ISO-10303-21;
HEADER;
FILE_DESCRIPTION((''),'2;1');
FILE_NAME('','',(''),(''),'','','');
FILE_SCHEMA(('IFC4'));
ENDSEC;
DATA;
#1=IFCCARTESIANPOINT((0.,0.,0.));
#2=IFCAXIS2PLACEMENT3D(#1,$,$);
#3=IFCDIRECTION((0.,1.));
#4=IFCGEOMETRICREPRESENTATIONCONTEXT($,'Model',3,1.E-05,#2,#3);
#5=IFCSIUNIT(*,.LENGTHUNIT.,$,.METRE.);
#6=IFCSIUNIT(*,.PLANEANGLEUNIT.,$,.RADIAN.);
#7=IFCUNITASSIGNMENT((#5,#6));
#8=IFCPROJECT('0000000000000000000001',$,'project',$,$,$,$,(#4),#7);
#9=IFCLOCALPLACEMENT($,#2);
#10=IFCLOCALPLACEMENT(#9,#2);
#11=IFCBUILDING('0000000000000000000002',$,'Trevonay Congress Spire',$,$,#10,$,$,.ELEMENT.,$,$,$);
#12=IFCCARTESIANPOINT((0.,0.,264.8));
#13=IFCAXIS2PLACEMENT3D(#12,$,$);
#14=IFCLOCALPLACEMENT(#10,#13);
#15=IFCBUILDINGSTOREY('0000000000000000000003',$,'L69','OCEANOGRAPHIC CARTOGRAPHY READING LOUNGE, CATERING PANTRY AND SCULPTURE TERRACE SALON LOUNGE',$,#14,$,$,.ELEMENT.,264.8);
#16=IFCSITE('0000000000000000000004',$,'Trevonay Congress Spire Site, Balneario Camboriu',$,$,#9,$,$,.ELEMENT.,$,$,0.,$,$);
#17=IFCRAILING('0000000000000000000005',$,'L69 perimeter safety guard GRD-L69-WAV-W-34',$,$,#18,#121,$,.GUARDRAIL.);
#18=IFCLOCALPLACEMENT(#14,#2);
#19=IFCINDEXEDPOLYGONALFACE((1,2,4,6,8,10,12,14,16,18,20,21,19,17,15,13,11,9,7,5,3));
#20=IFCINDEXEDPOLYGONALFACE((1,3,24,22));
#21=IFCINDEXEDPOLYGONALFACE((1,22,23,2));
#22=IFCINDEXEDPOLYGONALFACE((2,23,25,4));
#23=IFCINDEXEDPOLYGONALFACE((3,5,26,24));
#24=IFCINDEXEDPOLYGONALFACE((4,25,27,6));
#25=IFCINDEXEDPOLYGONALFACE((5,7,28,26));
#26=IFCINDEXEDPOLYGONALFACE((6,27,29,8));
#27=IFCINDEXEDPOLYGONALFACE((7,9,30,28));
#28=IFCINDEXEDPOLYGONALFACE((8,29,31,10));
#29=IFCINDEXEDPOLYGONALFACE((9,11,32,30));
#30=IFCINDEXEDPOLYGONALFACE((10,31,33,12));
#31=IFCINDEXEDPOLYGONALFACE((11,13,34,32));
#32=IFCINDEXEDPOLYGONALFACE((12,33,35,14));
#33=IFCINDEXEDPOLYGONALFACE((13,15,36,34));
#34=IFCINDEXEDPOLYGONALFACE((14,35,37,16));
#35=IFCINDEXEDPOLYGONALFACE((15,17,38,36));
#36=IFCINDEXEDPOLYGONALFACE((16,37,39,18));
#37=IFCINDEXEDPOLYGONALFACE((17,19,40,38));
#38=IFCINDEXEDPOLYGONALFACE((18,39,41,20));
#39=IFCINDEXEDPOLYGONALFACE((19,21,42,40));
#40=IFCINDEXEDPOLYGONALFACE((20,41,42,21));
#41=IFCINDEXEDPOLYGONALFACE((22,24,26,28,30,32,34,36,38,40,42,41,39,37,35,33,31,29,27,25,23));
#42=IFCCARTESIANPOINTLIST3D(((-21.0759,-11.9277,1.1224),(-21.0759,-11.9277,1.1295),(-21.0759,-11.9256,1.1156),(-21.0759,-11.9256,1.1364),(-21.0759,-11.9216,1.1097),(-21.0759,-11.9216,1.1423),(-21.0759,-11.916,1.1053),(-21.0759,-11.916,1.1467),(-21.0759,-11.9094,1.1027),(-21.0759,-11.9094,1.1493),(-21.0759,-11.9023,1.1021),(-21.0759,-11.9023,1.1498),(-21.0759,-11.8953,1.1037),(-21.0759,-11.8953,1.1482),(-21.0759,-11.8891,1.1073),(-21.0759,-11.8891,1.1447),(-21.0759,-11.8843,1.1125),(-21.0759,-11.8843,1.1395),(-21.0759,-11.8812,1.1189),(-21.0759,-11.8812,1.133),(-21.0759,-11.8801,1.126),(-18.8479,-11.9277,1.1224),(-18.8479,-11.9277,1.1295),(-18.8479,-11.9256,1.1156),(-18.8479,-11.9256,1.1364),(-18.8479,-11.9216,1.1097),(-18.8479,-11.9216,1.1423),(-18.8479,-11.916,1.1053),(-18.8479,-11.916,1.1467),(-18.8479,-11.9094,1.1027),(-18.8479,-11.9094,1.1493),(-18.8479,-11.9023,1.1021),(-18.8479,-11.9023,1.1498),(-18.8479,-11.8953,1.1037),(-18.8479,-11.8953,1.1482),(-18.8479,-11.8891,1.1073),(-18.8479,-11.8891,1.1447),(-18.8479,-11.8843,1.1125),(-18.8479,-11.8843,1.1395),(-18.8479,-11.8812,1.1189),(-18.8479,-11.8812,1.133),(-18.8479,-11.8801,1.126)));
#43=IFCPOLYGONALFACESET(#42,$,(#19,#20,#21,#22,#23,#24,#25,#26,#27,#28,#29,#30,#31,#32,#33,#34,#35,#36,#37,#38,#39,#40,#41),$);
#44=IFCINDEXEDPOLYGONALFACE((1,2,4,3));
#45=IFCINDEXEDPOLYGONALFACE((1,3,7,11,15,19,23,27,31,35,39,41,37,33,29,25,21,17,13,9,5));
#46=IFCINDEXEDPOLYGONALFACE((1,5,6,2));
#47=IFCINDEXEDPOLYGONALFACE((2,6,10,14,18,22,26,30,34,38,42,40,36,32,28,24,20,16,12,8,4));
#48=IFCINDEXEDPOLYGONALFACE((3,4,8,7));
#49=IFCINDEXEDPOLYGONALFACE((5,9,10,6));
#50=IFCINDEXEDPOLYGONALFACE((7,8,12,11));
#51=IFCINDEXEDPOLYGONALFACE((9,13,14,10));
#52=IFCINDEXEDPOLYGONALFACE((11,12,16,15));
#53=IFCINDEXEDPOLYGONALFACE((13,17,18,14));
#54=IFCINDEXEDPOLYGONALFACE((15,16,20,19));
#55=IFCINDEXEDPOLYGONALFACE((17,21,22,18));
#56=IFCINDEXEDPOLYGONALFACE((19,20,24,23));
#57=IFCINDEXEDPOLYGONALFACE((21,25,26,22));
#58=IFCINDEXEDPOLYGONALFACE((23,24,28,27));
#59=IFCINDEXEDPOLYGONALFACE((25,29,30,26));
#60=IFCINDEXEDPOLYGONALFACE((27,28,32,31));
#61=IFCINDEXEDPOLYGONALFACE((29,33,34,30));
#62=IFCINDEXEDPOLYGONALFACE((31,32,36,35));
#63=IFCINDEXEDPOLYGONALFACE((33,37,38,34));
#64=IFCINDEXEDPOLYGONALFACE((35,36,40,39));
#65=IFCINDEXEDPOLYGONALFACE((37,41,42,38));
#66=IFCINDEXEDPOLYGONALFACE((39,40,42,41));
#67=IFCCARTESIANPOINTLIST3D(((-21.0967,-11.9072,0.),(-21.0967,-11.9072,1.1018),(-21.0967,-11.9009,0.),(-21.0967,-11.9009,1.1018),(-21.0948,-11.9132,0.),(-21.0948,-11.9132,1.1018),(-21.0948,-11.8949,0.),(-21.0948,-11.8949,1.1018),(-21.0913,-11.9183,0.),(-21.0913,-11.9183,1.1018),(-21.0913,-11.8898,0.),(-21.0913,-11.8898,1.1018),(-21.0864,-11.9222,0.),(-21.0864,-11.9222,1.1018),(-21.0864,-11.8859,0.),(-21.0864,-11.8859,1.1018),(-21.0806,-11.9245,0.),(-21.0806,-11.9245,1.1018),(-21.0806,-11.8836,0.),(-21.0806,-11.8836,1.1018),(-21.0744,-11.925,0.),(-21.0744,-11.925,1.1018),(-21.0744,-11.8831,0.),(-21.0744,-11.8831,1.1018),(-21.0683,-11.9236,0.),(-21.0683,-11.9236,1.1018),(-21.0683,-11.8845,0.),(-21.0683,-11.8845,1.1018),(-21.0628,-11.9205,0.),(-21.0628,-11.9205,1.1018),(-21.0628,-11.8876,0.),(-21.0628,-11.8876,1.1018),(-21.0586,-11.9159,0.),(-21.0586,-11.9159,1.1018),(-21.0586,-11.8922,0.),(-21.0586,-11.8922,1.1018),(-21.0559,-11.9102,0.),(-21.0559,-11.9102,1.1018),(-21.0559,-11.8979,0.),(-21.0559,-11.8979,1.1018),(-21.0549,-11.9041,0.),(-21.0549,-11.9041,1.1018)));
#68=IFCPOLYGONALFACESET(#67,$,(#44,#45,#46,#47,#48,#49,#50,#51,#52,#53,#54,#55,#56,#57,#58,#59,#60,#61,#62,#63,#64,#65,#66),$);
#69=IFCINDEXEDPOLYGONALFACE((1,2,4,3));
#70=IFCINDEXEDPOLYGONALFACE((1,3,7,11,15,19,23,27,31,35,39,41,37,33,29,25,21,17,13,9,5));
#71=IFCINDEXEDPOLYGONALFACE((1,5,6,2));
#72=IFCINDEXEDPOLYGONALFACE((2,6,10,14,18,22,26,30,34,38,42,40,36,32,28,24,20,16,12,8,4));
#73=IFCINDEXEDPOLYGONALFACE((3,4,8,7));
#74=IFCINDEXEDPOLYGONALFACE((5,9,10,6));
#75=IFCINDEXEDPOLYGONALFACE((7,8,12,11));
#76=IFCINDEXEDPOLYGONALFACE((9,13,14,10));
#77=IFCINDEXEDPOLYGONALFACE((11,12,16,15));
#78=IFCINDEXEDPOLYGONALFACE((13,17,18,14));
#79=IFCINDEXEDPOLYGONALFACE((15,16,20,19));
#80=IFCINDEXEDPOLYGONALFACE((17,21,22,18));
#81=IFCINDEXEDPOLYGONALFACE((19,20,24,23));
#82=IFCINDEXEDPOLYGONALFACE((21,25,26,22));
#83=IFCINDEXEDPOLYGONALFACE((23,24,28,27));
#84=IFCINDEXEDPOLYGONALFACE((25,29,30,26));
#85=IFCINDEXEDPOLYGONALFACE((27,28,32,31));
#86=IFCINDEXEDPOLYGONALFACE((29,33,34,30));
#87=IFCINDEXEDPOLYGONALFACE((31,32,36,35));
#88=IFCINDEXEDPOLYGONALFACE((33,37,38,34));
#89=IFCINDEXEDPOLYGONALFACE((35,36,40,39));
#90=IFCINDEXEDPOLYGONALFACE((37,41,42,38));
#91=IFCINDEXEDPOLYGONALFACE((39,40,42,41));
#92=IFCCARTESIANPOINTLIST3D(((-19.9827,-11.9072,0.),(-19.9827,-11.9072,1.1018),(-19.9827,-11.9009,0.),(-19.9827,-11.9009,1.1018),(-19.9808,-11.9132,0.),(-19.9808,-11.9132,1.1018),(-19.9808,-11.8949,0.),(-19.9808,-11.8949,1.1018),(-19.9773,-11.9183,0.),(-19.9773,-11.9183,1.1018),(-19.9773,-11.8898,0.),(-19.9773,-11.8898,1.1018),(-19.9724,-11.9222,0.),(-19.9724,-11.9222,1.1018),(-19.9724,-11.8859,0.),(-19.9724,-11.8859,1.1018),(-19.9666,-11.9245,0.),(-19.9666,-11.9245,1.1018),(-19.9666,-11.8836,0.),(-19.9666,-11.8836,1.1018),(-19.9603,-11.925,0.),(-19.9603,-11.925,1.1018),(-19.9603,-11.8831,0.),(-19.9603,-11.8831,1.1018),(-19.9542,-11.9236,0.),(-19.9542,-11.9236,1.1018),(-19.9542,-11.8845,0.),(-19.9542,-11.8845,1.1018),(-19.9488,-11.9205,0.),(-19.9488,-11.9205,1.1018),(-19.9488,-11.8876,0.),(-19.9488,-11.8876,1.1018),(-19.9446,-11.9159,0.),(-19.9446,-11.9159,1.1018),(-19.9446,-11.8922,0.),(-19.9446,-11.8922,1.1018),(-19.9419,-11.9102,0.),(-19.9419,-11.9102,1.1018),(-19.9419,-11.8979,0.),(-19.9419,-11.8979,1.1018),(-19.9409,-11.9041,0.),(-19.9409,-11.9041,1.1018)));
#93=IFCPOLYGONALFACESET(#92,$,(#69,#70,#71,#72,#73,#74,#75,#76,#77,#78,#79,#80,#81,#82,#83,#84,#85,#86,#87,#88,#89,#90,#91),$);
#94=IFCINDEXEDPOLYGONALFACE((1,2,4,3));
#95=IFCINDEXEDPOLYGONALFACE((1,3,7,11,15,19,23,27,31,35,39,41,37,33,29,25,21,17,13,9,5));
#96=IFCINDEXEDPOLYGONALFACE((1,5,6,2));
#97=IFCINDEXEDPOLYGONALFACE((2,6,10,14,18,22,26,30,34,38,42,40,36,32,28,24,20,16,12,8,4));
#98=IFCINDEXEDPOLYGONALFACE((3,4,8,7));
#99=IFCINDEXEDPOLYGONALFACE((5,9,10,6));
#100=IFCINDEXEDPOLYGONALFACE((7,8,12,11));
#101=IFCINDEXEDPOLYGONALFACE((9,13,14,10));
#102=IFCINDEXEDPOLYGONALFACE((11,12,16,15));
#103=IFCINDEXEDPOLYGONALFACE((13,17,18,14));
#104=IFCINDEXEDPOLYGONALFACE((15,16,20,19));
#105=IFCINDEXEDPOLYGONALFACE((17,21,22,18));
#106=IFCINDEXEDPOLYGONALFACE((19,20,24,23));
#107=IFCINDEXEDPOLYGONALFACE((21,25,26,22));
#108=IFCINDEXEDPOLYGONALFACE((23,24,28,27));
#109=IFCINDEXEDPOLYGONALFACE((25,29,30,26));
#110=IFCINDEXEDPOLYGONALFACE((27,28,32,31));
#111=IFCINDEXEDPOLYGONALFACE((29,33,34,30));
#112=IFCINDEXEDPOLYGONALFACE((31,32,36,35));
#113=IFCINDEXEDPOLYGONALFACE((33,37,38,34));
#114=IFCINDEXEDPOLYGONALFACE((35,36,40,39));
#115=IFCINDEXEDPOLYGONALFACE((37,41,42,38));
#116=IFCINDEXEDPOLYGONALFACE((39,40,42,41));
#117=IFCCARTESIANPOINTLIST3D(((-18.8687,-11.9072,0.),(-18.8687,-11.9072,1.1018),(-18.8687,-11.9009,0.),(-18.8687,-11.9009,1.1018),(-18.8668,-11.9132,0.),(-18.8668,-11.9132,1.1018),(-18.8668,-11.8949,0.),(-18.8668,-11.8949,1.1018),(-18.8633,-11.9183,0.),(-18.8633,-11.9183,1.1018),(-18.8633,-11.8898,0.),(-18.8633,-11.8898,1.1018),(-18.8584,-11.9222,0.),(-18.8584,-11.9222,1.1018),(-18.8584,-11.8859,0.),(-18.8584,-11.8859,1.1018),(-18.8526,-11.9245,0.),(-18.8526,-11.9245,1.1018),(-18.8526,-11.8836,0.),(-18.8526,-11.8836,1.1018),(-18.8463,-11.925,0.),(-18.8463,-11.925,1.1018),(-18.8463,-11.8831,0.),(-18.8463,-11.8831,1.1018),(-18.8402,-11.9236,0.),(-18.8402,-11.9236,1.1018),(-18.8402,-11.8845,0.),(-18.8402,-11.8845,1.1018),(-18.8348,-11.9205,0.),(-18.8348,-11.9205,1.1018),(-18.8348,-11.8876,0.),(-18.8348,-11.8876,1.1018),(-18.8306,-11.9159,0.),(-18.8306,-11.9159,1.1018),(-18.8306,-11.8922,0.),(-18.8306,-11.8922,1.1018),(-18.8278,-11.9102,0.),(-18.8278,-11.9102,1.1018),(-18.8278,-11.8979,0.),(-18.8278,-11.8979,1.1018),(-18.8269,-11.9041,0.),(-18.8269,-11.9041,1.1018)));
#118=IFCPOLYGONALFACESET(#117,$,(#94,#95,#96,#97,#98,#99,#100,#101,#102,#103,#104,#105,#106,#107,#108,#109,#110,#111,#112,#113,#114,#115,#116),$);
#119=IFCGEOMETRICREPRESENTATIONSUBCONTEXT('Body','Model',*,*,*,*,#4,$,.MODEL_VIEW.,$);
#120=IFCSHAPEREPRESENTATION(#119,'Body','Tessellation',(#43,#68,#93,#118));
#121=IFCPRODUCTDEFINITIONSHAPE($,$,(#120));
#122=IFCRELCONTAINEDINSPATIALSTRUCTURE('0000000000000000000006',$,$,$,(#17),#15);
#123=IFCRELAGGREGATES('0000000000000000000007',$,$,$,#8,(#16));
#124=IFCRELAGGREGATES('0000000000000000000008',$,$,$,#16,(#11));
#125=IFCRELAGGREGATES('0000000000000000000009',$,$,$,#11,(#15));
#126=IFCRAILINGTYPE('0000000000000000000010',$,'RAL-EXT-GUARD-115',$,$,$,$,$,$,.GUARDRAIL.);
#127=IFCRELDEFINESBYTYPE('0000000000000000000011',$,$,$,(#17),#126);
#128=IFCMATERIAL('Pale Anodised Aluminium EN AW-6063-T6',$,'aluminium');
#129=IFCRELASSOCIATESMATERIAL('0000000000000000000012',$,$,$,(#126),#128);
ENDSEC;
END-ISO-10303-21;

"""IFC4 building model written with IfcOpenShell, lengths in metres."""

from ifc_helpers import new_model, si_unit, direction, frame, origin, origin_2d, place, context, subcontext, project, spatial, circle, extrude, material, type_object, element, save


model = new_model("IFC4")

# Units and contexts
model_context = context("Model", 3, precision=1e-05, world=origin(), true_north=direction((0.0, 1.0)))
body_context = subcontext(model_context, "Body", "Model", "MODEL_VIEW")
ifc_project = project(units=[si_unit("LENGTHUNIT", "METRE"), si_unit("PLANEANGLEUNIT", "RADIAN")], contexts=[model_context])

# Site, building, storey
site_placement = place(None, origin())
site = spatial("IfcSite", under=ifc_project, at=site_placement, Name="Trevonay Congress Spire Site, Balneario Camboriu", CompositionType="ELEMENT", RefElevation=0.0)
building_placement = place(site_placement, origin())
building = spatial("IfcBuilding", under=site, at=building_placement, Name="Trevonay Congress Spire", CompositionType="ELEMENT")
storey_placement = place(building_placement, frame((0.0, 0.0, 264.8)))
storey = spatial("IfcBuildingStorey", under=building, at=storey_placement, Name="L69", Description="OCEANOGRAPHIC CARTOGRAPHY READING LOUNGE, CATERING PANTRY AND SCULPTURE TERRACE SALON LOUNGE", CompositionType="ELEMENT", Elevation=264.8)

# Shared definitions
ifc_material_1 = material(Name="Pale Anodised Aluminium EN AW-6063-T6", Category="aluminium")

# Railing
railing_type = type_object("IfcRailingType", Name="RAL-EXT-GUARD-115", PredefinedType="GUARDRAIL", material=ifc_material_1)
railing_1_placement = place(storey_placement, frame((-21.0759, -11.9041, 0.0)))
element("IfcRailing", 1, at=railing_1_placement, inside=storey, type_object=railing_type, Name="L69 perimeter safety guard GRD-L69-WAV-W-34", PredefinedType="GUARDRAIL", context=body_context, shape_type="SweptSolid", body=[
    extrude(circle(Radius=0.0239, at=origin_2d()), frame((0.0, 0.0, 1.126), z_axis=(1.0, 0.0, 0.0), x_axis=(0.0, 1.0, 0.0)), (0.0, 0.0, 1.0), 2.228),
    extrude(circle(Radius=0.021, at=origin_2d()), origin(), (0.0, 0.0, 1.0), 1.1018),
    extrude(circle(Radius=0.021, at=origin_2d()), frame((1.114, 0.0, 0.0)), (0.0, 0.0, 1.0), 1.1018),
    extrude(circle(Radius=0.021, at=origin_2d()), frame((2.228, 0.0, 0.0)), (0.0, 0.0, 1.0), 1.1018),
])

save(model, "model.ifc")
